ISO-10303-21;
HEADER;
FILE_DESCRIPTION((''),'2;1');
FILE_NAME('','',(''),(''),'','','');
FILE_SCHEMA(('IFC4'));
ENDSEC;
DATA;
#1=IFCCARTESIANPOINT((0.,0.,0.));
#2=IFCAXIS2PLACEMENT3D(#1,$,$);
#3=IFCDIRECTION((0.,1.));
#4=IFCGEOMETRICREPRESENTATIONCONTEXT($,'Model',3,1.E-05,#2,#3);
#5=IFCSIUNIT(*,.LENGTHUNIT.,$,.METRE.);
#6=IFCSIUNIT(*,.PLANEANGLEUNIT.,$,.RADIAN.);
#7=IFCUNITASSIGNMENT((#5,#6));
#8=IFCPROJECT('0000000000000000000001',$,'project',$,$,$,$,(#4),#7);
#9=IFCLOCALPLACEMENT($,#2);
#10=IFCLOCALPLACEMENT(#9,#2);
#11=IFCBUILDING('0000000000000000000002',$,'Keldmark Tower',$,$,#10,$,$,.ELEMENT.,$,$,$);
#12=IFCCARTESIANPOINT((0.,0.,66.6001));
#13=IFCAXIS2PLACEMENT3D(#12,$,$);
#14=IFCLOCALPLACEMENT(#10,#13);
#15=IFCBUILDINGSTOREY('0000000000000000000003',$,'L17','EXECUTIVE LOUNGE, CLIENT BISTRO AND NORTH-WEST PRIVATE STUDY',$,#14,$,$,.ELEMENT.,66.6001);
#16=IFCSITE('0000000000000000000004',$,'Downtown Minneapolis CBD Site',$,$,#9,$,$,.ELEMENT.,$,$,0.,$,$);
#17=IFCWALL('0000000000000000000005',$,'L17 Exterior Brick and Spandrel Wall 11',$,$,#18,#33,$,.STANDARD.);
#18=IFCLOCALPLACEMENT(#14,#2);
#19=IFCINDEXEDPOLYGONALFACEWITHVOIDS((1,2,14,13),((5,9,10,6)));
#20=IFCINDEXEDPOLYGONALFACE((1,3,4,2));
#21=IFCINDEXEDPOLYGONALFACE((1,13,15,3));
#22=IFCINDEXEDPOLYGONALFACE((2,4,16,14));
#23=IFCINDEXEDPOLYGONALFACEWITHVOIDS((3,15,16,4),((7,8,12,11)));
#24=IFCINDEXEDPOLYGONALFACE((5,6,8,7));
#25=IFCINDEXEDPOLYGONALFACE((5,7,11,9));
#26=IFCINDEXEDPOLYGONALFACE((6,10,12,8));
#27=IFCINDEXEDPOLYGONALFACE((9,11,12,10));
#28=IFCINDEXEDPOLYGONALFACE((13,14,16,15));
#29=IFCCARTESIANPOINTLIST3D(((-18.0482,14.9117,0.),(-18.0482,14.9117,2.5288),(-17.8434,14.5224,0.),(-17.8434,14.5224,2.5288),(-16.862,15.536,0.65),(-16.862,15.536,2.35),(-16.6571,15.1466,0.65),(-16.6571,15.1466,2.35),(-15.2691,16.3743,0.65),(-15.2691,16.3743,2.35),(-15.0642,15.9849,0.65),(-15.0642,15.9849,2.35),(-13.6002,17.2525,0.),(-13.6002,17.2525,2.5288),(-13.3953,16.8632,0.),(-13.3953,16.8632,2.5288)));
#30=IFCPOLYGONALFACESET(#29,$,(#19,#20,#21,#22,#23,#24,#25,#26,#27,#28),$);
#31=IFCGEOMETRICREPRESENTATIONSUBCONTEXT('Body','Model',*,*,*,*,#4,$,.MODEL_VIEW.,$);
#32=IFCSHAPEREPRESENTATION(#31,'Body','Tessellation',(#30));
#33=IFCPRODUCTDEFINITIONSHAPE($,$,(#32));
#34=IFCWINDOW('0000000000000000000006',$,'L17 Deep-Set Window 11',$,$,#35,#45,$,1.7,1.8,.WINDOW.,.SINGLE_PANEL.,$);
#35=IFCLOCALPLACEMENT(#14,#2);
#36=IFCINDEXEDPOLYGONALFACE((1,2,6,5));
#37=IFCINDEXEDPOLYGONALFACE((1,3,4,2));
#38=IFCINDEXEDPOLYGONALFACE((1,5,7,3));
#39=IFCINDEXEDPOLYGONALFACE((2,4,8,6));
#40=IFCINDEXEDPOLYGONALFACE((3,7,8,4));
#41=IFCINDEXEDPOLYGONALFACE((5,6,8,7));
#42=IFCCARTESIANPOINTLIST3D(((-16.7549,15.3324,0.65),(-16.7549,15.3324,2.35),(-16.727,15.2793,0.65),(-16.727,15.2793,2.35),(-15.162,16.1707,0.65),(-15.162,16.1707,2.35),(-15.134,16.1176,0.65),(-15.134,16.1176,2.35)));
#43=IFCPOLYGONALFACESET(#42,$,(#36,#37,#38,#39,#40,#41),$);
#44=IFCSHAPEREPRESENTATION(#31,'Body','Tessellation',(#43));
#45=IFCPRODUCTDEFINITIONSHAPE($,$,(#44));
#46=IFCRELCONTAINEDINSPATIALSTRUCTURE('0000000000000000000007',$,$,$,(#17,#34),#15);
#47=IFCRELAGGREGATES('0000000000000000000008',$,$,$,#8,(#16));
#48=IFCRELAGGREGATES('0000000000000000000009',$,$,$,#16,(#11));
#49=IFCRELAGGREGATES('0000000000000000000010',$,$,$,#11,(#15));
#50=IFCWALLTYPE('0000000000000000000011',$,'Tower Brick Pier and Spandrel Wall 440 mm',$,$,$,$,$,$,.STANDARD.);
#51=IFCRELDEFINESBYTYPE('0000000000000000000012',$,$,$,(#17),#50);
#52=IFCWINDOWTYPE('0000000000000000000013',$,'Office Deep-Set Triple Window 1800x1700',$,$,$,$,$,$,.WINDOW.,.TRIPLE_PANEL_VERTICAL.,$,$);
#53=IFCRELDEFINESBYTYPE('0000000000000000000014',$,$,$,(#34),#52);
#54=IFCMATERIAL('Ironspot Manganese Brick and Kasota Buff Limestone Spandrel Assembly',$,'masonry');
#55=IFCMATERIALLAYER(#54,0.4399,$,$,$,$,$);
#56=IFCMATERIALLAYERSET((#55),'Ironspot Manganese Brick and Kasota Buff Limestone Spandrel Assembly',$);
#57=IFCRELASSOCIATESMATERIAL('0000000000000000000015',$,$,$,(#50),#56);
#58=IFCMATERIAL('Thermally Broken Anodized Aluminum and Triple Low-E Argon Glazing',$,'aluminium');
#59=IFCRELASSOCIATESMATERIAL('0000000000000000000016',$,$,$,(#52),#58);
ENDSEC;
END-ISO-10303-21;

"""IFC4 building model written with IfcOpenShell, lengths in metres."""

from ifc_helpers import new_model, si_unit, direction, frame, frame_2d, origin, place, context, subcontext, project, spatial, rectangle, extrude, material, layer, layer_set, type_object, element, fill, save


model = new_model("IFC4")

# Units and contexts
model_context = context("Model", 3, precision=1e-05, world=origin(), true_north=direction((0.0, 1.0)))
body_context = subcontext(model_context, "Body", "Model", "MODEL_VIEW")
ifc_project = project(units=[si_unit("LENGTHUNIT", "METRE"), si_unit("PLANEANGLEUNIT", "RADIAN")], contexts=[model_context])

# Site, building, storey
site_placement = place(None, origin())
site = spatial("IfcSite", under=ifc_project, at=site_placement, Name="Downtown Minneapolis CBD Site", CompositionType="ELEMENT", RefElevation=0.0)
building_placement = place(site_placement, origin())
building = spatial("IfcBuilding", under=site, at=building_placement, Name="Keldmark Tower", CompositionType="ELEMENT")
storey_placement = place(building_placement, frame((0.0, 0.0, 66.6001)))
storey = spatial("IfcBuildingStorey", under=building, at=storey_placement, Name="L17", Description="EXECUTIVE LOUNGE, CLIENT BISTRO AND NORTH-WEST PRIVATE STUDY", CompositionType="ELEMENT", Elevation=66.6001)

# Wall, opening, window
ifc_material_1 = material(Name="Ironspot Manganese Brick and Kasota Buff Limestone Spandrel Assembly", Category="masonry")
ifc_layer_1 = layer(ifc_material_1, 0.4399)
ifc_layer_set_1 = layer_set([ifc_layer_1], Name="Ironspot Manganese Brick and Kasota Buff Limestone Spandrel Assembly")
wall_type_1 = type_object("IfcWallType", Name="Tower Brick Pier and Spandrel Wall 440 mm", PredefinedType="STANDARD", material=ifc_layer_set_1)
ifc_material_2 = material(Name="Thermally Broken Anodized Aluminum and Triple Low-E Argon Glazing", Category="aluminium")
window_type = type_object("IfcWindowType", Name="Office Deep-Set Triple Window 1800x1700", PartitioningType="TRIPLE_PANEL_VERTICAL", PredefinedType="WINDOW", material=ifc_material_2)
wall_1_placement = place(storey_placement, frame((-17.9458, 14.717, 0.0), z_axis=(0.0, 0.0, 1.0), x_axis=(0.884937, 0.46571, 0.0)))
wall_1 = element("IfcWall", 1, at=wall_1_placement, inside=storey, type_object=wall_type_1, Name="L17 Exterior Brick and Spandrel Wall 11", PredefinedType="STANDARD", context=body_context, shape_type="SweptSolid", body=[
    extrude(rectangle(XDim=5.0264, YDim=0.4399, at=frame_2d((2.5132, 0.0))), origin(), (0.0, 0.0, 1.0), 2.5288),
])
opening_1_placement = place(wall_1_placement, frame((1.3406, 0.0, 0.6499)))
opening_1 = element("IfcOpeningElement", 2, at=opening_1_placement, cuts=wall_1, PredefinedType="OPENING", context=body_context, shape_type="SweptSolid", body=[
    extrude(rectangle(XDim=1.8, YDim=1.7, at=frame_2d((0.8999, 0.8501))), frame((0.0, 0.23, 0.0), z_axis=(0.0, -1.0, 0.0), x_axis=(1.0, 0.0, 0.0)), (0.0, 0.0, 1.0), 0.46),
])
window_1_placement = place(opening_1_placement, origin())
window_1 = element("IfcWindow", 3, at=window_1_placement, inside=storey, type_object=window_type, Name="L17 Deep-Set Window 11", OverallHeight=1.7, OverallWidth=1.8, PartitioningType="SINGLE_PANEL", PredefinedType="WINDOW", context=body_context, shape_type="SweptSolid", body=[
    extrude(rectangle(XDim=1.8, YDim=1.7, at=frame_2d((0.8999, 0.8501))), frame((0.0, -0.01, 0.0), z_axis=(0.0, -1.0, 0.0), x_axis=(1.0, 0.0, 0.0)), (0.0, 0.0, 1.0), 0.0601),
])
fill(opening_1, window_1)

save(model, "model.ifc")
